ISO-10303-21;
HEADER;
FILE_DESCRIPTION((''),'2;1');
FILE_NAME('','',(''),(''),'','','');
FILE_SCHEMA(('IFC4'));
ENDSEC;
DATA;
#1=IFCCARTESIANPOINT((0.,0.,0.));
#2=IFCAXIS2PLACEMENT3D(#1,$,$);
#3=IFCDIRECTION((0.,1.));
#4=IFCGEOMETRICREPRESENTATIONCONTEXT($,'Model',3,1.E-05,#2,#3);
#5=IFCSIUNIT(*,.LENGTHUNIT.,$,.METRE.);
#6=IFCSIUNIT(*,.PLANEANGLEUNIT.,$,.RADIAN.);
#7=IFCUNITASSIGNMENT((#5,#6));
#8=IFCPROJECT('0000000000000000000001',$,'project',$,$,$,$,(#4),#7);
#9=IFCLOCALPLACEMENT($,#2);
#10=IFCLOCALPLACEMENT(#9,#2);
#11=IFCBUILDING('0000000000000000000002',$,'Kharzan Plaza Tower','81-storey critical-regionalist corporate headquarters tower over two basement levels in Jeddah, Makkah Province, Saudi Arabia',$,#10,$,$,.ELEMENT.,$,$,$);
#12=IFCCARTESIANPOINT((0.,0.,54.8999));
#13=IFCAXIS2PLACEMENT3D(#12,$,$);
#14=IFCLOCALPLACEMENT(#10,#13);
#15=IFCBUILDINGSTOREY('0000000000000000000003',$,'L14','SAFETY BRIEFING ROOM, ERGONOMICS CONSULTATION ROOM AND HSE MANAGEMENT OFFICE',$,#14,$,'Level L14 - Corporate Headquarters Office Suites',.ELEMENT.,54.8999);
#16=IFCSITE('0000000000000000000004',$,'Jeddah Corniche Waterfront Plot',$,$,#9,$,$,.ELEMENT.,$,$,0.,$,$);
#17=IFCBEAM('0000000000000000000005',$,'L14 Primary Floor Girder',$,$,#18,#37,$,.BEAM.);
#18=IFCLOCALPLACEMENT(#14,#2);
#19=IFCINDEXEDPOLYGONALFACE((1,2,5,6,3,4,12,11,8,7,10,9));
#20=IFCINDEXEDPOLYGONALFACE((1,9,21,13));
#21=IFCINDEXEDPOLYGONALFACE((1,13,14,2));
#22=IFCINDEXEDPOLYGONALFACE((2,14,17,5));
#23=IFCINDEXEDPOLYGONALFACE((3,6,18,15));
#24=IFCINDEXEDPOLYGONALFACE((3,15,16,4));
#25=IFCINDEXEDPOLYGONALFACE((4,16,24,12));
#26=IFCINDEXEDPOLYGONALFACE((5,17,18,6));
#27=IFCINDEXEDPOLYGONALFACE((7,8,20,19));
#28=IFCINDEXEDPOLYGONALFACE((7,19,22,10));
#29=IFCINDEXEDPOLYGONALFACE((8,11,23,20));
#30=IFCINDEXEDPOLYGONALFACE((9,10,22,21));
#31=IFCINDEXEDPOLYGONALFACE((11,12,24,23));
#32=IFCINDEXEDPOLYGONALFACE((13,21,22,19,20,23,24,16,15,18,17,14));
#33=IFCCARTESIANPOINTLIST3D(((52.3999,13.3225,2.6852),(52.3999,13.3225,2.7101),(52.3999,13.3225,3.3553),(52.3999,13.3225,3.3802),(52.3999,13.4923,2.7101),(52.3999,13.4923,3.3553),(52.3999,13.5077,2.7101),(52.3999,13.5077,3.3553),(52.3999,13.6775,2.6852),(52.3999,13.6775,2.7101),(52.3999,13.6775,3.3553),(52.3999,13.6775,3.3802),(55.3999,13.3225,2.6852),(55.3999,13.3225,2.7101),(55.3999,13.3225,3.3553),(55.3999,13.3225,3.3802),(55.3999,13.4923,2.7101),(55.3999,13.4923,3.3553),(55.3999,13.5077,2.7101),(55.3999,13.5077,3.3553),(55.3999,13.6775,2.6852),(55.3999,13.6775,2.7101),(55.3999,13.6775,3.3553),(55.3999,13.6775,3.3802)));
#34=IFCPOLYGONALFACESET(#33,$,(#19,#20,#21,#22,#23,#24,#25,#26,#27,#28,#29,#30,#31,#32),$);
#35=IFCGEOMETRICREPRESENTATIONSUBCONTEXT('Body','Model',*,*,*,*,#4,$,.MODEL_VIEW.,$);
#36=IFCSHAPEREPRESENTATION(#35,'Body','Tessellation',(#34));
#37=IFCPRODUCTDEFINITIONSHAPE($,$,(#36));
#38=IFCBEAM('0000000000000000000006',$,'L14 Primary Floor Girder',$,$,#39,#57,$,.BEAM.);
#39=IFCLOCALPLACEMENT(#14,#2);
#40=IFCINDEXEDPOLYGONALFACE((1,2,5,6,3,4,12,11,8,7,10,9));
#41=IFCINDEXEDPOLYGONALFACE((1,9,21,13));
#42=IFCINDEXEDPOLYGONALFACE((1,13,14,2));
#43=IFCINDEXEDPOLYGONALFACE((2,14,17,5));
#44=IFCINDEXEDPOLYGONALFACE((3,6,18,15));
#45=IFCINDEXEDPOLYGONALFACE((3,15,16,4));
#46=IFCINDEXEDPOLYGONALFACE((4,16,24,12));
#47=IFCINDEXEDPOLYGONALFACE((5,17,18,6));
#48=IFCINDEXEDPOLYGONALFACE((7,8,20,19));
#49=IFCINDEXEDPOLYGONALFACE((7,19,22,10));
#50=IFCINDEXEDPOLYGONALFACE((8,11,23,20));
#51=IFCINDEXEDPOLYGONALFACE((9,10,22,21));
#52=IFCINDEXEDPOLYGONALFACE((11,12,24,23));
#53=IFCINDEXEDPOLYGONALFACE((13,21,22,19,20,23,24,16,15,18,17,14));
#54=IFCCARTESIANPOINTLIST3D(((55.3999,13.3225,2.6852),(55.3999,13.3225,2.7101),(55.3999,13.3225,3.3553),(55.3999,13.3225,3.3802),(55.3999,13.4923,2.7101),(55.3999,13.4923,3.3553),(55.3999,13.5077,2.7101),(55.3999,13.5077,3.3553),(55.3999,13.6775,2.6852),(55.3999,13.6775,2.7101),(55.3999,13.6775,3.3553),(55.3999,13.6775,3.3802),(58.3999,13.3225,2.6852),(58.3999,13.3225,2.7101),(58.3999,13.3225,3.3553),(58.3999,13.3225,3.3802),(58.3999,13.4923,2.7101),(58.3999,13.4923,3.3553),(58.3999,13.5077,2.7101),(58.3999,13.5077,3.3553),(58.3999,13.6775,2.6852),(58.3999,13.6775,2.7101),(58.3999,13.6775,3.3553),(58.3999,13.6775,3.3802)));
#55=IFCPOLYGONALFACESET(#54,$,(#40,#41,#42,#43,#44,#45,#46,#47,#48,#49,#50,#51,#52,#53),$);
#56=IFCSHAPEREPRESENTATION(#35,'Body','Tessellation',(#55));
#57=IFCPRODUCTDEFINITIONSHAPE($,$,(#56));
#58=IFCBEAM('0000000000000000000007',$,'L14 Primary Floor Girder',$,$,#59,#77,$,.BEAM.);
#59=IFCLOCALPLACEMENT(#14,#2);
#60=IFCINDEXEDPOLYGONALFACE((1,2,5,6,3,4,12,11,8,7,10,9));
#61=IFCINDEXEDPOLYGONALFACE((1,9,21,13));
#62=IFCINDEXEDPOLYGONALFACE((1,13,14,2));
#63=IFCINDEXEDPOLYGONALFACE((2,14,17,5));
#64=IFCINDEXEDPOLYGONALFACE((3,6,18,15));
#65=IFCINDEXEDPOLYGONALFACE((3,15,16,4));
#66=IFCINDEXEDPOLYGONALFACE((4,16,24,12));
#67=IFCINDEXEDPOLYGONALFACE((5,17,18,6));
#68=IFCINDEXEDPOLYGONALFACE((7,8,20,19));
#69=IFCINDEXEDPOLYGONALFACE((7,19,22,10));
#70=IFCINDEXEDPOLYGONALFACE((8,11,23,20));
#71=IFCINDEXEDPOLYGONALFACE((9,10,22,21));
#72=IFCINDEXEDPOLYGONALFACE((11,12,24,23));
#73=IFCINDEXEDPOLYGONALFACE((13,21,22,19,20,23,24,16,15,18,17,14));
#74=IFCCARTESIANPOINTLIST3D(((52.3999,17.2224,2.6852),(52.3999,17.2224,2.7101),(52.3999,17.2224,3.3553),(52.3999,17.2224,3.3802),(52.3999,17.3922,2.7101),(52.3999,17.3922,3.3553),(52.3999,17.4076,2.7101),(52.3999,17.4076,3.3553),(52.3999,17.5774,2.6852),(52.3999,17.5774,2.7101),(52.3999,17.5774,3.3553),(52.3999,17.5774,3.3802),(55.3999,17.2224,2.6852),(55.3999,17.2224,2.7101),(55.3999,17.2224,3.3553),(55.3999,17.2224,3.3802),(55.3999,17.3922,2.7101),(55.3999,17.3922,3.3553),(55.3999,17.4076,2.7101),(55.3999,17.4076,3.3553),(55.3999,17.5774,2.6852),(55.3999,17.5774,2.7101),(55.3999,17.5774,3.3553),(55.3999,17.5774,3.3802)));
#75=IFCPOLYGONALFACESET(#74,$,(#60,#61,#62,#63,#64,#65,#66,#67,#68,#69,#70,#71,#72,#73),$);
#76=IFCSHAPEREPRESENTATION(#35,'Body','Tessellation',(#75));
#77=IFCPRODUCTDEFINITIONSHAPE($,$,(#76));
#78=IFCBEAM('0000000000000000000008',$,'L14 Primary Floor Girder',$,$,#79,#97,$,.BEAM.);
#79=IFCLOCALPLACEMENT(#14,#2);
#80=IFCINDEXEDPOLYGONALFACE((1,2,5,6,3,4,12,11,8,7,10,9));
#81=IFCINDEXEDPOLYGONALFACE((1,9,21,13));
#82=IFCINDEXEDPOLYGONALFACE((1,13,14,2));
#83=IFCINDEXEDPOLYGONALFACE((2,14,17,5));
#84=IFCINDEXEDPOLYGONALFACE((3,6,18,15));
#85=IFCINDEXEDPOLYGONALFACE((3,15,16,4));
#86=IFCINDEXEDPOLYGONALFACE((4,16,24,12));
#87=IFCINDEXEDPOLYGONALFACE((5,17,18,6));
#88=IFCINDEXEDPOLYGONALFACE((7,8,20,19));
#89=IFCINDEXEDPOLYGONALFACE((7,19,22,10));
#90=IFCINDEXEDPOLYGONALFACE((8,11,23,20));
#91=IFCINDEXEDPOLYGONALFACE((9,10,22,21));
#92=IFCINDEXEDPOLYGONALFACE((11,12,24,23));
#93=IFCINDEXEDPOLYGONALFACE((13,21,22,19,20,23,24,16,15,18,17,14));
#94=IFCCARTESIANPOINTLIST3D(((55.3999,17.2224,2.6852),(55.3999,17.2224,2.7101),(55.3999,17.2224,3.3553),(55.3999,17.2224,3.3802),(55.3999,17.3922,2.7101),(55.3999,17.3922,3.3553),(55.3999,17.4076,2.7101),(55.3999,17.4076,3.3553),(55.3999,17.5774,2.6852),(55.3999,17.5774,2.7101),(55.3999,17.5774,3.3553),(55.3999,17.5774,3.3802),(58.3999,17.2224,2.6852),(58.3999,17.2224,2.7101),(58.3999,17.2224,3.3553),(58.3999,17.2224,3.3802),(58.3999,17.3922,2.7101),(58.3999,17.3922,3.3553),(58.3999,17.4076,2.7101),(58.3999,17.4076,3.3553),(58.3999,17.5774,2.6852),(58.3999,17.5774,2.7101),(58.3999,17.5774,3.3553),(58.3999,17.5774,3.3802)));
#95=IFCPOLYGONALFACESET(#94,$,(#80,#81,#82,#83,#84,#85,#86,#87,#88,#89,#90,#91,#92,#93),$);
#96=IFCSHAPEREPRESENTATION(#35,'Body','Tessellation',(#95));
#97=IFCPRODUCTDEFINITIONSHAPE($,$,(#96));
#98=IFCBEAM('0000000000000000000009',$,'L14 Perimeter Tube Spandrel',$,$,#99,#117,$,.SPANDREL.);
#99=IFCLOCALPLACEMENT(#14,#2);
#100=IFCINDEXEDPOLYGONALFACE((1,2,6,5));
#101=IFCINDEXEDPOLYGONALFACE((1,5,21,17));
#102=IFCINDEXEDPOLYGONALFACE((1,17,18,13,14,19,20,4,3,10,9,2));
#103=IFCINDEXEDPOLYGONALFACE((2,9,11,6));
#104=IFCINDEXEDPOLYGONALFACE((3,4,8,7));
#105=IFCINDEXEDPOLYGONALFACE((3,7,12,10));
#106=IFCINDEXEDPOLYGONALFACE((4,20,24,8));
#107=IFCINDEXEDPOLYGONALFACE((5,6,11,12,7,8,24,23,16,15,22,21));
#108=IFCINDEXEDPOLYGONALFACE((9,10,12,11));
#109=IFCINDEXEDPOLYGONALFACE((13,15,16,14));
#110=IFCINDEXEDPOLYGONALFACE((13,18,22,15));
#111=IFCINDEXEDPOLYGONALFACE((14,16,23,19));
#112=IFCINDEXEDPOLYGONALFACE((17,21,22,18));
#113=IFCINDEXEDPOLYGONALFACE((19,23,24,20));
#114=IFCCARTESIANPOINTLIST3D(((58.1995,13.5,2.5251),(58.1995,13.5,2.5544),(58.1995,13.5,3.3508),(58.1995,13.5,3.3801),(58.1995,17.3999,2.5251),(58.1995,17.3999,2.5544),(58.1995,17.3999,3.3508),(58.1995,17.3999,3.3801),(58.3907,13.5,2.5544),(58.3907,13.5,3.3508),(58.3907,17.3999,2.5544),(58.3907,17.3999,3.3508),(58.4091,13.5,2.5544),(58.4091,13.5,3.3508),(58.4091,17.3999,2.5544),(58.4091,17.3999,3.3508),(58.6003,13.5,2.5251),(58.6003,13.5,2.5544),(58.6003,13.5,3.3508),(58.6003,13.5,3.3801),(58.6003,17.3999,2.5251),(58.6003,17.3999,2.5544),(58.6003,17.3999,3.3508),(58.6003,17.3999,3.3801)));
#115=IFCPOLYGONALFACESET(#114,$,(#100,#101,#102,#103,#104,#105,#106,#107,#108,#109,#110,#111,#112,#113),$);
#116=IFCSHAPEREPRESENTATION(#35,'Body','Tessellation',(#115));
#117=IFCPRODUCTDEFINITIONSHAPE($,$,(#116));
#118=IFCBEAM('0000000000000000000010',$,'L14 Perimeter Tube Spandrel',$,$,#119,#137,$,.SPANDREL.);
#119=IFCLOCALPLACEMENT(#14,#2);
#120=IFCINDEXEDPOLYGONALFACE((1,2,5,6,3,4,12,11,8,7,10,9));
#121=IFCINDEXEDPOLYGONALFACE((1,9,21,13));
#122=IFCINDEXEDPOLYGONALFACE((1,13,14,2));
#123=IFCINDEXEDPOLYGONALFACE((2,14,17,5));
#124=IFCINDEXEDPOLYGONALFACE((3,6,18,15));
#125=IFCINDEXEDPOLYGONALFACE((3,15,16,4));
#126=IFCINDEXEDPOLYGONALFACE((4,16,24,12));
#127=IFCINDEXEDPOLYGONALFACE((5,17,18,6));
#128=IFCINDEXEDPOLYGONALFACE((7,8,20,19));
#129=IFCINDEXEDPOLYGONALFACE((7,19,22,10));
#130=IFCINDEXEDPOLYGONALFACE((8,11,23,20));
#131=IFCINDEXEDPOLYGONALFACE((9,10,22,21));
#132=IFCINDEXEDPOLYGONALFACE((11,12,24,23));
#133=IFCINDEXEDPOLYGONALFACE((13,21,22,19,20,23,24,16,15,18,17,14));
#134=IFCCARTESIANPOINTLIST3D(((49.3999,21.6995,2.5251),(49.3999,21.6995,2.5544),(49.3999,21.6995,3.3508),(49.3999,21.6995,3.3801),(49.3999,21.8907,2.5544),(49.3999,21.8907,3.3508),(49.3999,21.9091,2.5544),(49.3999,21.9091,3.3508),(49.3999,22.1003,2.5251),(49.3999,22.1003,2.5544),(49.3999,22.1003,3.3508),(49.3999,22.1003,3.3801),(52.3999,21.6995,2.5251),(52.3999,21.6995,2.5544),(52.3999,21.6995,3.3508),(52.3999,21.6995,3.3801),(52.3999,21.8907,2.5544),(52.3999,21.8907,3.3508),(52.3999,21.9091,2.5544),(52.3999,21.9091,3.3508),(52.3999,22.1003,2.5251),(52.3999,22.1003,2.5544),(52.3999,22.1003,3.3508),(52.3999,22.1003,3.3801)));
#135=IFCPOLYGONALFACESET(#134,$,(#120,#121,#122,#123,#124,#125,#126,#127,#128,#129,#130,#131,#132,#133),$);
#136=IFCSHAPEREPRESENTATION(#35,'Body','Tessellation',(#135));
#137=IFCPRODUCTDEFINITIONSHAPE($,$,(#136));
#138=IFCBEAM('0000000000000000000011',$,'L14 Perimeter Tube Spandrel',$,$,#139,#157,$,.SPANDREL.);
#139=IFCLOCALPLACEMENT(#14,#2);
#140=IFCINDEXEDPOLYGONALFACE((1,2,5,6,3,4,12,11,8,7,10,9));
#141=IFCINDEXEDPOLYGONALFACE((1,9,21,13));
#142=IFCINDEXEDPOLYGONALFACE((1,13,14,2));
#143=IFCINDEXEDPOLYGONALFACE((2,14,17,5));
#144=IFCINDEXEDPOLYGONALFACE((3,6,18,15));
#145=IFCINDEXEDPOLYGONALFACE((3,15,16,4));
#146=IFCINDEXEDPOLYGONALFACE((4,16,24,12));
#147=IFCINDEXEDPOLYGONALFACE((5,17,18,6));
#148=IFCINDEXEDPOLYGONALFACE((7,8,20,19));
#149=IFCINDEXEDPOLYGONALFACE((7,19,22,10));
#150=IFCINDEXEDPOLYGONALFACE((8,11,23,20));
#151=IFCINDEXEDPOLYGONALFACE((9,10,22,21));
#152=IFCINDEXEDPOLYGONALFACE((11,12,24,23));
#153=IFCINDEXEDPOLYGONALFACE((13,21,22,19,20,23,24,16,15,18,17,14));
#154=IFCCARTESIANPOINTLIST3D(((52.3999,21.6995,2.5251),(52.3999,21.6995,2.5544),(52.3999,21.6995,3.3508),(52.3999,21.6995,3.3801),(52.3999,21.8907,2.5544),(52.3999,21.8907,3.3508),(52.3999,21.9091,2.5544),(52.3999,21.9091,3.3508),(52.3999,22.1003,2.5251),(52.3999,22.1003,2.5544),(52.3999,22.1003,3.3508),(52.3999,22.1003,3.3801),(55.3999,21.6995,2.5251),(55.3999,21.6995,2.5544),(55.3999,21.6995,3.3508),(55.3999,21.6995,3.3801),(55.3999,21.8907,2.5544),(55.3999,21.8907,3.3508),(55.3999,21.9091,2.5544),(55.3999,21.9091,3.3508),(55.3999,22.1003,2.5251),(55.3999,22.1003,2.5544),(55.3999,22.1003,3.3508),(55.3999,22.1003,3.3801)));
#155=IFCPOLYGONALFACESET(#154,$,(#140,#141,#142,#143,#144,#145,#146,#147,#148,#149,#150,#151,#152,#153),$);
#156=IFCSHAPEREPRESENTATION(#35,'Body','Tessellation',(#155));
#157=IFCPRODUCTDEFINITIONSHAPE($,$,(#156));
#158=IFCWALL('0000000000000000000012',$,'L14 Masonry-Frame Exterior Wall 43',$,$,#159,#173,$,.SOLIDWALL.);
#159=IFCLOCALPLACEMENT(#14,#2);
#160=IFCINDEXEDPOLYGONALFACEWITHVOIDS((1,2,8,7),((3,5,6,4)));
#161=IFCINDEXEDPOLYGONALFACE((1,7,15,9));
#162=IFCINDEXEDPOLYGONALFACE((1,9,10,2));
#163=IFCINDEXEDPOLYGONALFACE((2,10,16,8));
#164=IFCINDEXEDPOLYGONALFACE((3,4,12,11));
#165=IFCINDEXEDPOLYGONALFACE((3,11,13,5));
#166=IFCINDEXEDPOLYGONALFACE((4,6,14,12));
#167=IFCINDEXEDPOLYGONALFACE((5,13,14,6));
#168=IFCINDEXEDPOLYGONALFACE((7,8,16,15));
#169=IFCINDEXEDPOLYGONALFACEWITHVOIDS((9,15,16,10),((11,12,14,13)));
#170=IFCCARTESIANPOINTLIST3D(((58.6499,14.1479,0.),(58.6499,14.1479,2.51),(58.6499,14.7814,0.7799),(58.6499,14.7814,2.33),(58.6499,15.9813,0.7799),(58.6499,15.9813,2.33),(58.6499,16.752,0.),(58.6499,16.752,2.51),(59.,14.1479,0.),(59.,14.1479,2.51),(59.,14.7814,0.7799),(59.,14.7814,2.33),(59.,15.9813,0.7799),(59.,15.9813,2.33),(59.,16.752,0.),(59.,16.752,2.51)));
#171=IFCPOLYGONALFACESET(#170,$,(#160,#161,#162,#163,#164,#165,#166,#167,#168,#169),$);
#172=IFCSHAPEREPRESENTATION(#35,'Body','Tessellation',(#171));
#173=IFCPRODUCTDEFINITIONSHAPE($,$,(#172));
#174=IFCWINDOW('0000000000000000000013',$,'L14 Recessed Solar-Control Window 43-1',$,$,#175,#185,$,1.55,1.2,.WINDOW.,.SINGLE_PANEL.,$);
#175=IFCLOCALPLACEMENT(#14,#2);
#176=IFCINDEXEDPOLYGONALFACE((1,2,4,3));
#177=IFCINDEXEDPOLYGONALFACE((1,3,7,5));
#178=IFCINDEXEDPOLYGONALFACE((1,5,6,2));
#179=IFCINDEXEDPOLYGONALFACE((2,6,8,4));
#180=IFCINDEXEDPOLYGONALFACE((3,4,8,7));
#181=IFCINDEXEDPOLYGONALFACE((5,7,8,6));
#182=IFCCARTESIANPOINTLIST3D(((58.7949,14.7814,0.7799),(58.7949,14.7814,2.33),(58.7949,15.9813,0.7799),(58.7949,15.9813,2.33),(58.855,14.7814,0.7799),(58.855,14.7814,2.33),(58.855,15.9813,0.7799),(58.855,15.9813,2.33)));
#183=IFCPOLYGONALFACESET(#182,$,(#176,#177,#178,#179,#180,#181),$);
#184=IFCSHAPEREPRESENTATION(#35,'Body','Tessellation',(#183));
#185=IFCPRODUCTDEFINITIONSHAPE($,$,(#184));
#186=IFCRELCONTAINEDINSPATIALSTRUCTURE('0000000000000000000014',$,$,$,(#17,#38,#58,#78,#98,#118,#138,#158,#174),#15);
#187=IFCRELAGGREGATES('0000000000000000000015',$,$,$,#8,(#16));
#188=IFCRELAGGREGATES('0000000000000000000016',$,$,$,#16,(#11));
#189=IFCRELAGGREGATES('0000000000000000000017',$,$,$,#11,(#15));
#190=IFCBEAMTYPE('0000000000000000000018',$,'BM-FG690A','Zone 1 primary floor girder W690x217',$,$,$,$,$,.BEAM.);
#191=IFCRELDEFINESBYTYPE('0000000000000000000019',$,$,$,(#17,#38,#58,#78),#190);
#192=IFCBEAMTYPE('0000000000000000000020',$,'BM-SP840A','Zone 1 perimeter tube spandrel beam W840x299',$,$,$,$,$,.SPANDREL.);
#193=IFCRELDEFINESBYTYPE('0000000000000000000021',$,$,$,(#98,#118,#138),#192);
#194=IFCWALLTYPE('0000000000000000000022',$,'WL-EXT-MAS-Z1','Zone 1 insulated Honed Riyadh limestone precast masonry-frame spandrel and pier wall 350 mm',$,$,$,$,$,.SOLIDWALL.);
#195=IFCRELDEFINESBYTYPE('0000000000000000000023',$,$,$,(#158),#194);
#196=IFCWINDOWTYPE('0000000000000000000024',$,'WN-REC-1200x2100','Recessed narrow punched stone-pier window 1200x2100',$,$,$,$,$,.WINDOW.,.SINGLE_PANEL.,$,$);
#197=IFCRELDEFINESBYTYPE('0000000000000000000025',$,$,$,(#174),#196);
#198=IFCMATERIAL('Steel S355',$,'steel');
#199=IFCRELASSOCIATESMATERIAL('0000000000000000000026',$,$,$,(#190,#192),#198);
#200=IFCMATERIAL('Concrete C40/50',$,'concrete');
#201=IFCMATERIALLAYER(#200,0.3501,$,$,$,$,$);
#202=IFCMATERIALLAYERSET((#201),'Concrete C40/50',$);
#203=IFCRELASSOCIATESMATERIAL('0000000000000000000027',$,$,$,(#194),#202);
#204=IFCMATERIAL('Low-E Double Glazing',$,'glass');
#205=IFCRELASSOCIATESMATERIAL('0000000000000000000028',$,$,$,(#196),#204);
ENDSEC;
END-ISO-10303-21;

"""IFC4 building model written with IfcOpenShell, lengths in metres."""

from ifc_helpers import new_model, si_unit, direction, frame, frame_2d, origin, origin_2d, place, context, subcontext, project, spatial, rectangle, i_section, extrude, source, transform, mapped, material, layer, layer_set, material_profile, profile_set, type_object, element, fill, save


model = new_model("IFC4")

# Units and contexts
model_context = context("Model", 3, precision=1e-05, world=origin(), true_north=direction((0.0, 1.0)))
body_context = subcontext(model_context, "Body", "Model", "MODEL_VIEW")
ifc_project = project(units=[si_unit("LENGTHUNIT", "METRE"), si_unit("PLANEANGLEUNIT", "RADIAN")], contexts=[model_context])

# Site, building, storey
site_placement = place(None, origin())
site = spatial("IfcSite", under=ifc_project, at=site_placement, Name="Jeddah Corniche Waterfront Plot", CompositionType="ELEMENT", RefElevation=0.0)
building_placement = place(site_placement, origin())
building = spatial("IfcBuilding", under=site, at=building_placement, Name="Kharzan Plaza Tower", Description="81-storey critical-regionalist corporate headquarters tower over two basement levels in Jeddah, Makkah Province, Saudi Arabia", CompositionType="ELEMENT")
storey_placement = place(building_placement, frame((0.0, 0.0, 54.8999)))
storey = spatial("IfcBuildingStorey", under=building, at=storey_placement, Name="L14", Description="SAFETY BRIEFING ROOM, ERGONOMICS CONSULTATION ROOM AND HSE MANAGEMENT OFFICE", LongName="Level L14 - Corporate Headquarters Office Suites", CompositionType="ELEMENT", Elevation=54.8999)

# Beams
ifc_material_1 = material(Name="Steel S355", Category="steel")
ifc_material_profile_1 = material_profile(ifc_material_1, i_section(OverallWidth=0.355, OverallDepth=0.6951, WebThickness=0.0154, FlangeThickness=0.0249, at=origin_2d()), Name="W690x217")
ifc_profile_set_1 = profile_set([ifc_material_profile_1], Name="Steel S355")
beam_type_1 = type_object("IfcBeamType", Name="BM-FG690A", Description="Zone 1 primary floor girder W690x217", PredefinedType="BEAM", material=ifc_profile_set_1)
shared_shape_1 = source(origin(), body_context, "Body", "SweptSolid", [
    extrude(i_section(OverallWidth=0.355, OverallDepth=0.6951, WebThickness=0.0154, FlangeThickness=0.0249, at=origin_2d()), origin(), (0.0, 0.0, 1.0), 3.0),
])
for number, where, z_axis, x_axis, name in (
    (1, (52.3999, 13.5, 3.0327), (1.0, 0.0, 0.0), (0.0, 1.0, 0.0), "L14 Primary Floor Girder"),
    (2, (55.3999, 13.5, 3.0327), (1.0, 0.0, 0.0), (0.0, 1.0, 0.0), "L14 Primary Floor Girder"),
    (3, (52.3999, 17.3999, 3.0327), (1.0, 0.0, 0.0), (0.0, 1.0, 0.0), "L14 Primary Floor Girder"),
    (4, (55.3999, 17.3999, 3.0327), (1.0, 0.0, 0.0), (0.0, 1.0, 0.0), "L14 Primary Floor Girder"),
):
    element("IfcBeam", number, at=place(storey_placement, frame(where, z_axis=z_axis, x_axis=x_axis)), inside=storey, type_object=beam_type_1, Name=name, PredefinedType="BEAM", context=body_context, shape_type="MappedRepresentation", body=[
        mapped(shared_shape_1, transform((0.0, 0.0, 0.0), x_axis=(1.0, 0.0, 0.0), y_axis=(0.0, 1.0, 0.0), z_axis=(0.0, 0.0, 1.0))),
    ])
ifc_material_profile_2 = material_profile(ifc_material_1, i_section(OverallWidth=0.4009, OverallDepth=0.855, WebThickness=0.0183, FlangeThickness=0.0293, at=origin_2d()), Name="W840x299")
ifc_profile_set_2 = profile_set([ifc_material_profile_2], Name="Steel S355")
beam_type_2 = type_object("IfcBeamType", Name="BM-SP840A", Description="Zone 1 perimeter tube spandrel beam W840x299", PredefinedType="SPANDREL", material=ifc_profile_set_2)
shared_shape_2 = source(origin(), body_context, "Body", "SweptSolid", [
    extrude(i_section(OverallWidth=0.4009, OverallDepth=0.855, WebThickness=0.0183, FlangeThickness=0.0293, at=origin_2d()), origin(), (0.0, 0.0, 1.0), 3.8999),
])
beam_placement = place(storey_placement, frame((58.3999, 13.5, 2.9526), z_axis=(0.0, 1.0, 0.0), x_axis=(-1.0, 0.0, 0.0)))
element("IfcBeam", 5, at=beam_placement, inside=storey, type_object=beam_type_2, Name="L14 Perimeter Tube Spandrel", PredefinedType="SPANDREL", context=body_context, shape_type="MappedRepresentation", body=[
    mapped(shared_shape_2, transform((0.0, 0.0, 0.0), x_axis=(1.0, 0.0, 0.0), y_axis=(0.0, 1.0, 0.0), z_axis=(0.0, 0.0, 1.0))),
])
shared_shape_3 = source(origin(), body_context, "Body", "SweptSolid", [
    extrude(i_section(OverallWidth=0.4009, OverallDepth=0.855, WebThickness=0.0183, FlangeThickness=0.0293, at=origin_2d()), origin(), (0.0, 0.0, 1.0), 3.0),
])
for number, where, z_axis, x_axis, name in (
    (6, (49.3999, 21.8999, 2.9526), (1.0, 0.0, 0.0), (0.0, 1.0, 0.0), "L14 Perimeter Tube Spandrel"),
    (7, (52.3999, 21.8999, 2.9526), (1.0, 0.0, 0.0), (0.0, 1.0, 0.0), "L14 Perimeter Tube Spandrel"),
):
    element("IfcBeam", number, at=place(storey_placement, frame(where, z_axis=z_axis, x_axis=x_axis)), inside=storey, type_object=beam_type_2, Name=name, PredefinedType="SPANDREL", context=body_context, shape_type="MappedRepresentation", body=[
        mapped(shared_shape_3, transform((0.0, 0.0, 0.0), x_axis=(1.0, 0.0, 0.0), y_axis=(0.0, 1.0, 0.0), z_axis=(0.0, 0.0, 1.0))),
    ])

# Wall, opening, window
ifc_material_2 = material(Name="Concrete C40/50", Category="concrete")
ifc_layer = layer(ifc_material_2, 0.3501)
ifc_layer_set = layer_set([ifc_layer], Name="Concrete C40/50")
wall_type = type_object("IfcWallType", Name="WL-EXT-MAS-Z1", Description="Zone 1 insulated Honed Riyadh limestone precast masonry-frame spandrel and pier wall 350 mm", PredefinedType="SOLIDWALL", material=ifc_layer_set)
wall_1_placement = place(storey_placement, frame((58.825, 14.1479, 0.0), z_axis=(0.0, 0.0, 1.0), x_axis=(0.0, 1.0, 0.0)))
wall_1 = element("IfcWall", 8, at=wall_1_placement, inside=storey, type_object=wall_type, Name="L14 Masonry-Frame Exterior Wall 43", PredefinedType="SOLIDWALL", context=body_context, shape_type="SweptSolid", body=[
    extrude(rectangle(XDim=2.604, YDim=0.3501, at=frame_2d((1.302, 0.0))), origin(), (0.0, 0.0, 1.0), 2.51),
])
opening_1_placement = place(wall_1_placement, frame((0.6333, 0.0, 0.78)))
opening_1 = element("IfcOpeningElement", 9, at=opening_1_placement, cuts=wall_1, PredefinedType="OPENING", context=body_context, shape_type="SweptSolid", body=[
    extrude(rectangle(XDim=1.2, YDim=1.55, at=frame_2d((0.6001, 0.7749))), frame((0.0, 0.1851, 0.0), z_axis=(0.0, -1.0, 0.0), x_axis=(1.0, 0.0, 0.0)), (0.0, 0.0, 1.0), 0.3701),
])
ifc_material_3 = material(Name="Low-E Double Glazing", Category="glass")
window_type_1 = type_object("IfcWindowType", Name="WN-REC-1200x2100", Description="Recessed narrow punched stone-pier window 1200x2100", PartitioningType="SINGLE_PANEL", PredefinedType="WINDOW", material=ifc_material_3)
shared_shape_4 = source(origin(), body_context, "Body", "SweptSolid", [
    extrude(rectangle(XDim=1.2, YDim=1.55, at=frame_2d((0.6001, 0.7749))), frame((0.0, 0.03, 0.0), z_axis=(0.0, -1.0, 0.0), x_axis=(1.0, 0.0, 0.0)), (0.0, 0.0, 1.0), 0.0601),
])
window_1_placement = place(opening_1_placement, origin())
window_1 = element("IfcWindow", 10, at=window_1_placement, inside=storey, type_object=window_type_1, Name="L14 Recessed Solar-Control Window 43-1", OverallHeight=1.55, OverallWidth=1.2, PartitioningType="SINGLE_PANEL", PredefinedType="WINDOW", context=body_context, shape_type="MappedRepresentation", body=[
    mapped(shared_shape_4, transform((0.0, 0.0, 0.0), x_axis=(1.0, 0.0, 0.0), y_axis=(0.0, 1.0, 0.0), z_axis=(0.0, 0.0, 1.0))),
])
fill(opening_1, window_1)

save(model, "model.ifc")
